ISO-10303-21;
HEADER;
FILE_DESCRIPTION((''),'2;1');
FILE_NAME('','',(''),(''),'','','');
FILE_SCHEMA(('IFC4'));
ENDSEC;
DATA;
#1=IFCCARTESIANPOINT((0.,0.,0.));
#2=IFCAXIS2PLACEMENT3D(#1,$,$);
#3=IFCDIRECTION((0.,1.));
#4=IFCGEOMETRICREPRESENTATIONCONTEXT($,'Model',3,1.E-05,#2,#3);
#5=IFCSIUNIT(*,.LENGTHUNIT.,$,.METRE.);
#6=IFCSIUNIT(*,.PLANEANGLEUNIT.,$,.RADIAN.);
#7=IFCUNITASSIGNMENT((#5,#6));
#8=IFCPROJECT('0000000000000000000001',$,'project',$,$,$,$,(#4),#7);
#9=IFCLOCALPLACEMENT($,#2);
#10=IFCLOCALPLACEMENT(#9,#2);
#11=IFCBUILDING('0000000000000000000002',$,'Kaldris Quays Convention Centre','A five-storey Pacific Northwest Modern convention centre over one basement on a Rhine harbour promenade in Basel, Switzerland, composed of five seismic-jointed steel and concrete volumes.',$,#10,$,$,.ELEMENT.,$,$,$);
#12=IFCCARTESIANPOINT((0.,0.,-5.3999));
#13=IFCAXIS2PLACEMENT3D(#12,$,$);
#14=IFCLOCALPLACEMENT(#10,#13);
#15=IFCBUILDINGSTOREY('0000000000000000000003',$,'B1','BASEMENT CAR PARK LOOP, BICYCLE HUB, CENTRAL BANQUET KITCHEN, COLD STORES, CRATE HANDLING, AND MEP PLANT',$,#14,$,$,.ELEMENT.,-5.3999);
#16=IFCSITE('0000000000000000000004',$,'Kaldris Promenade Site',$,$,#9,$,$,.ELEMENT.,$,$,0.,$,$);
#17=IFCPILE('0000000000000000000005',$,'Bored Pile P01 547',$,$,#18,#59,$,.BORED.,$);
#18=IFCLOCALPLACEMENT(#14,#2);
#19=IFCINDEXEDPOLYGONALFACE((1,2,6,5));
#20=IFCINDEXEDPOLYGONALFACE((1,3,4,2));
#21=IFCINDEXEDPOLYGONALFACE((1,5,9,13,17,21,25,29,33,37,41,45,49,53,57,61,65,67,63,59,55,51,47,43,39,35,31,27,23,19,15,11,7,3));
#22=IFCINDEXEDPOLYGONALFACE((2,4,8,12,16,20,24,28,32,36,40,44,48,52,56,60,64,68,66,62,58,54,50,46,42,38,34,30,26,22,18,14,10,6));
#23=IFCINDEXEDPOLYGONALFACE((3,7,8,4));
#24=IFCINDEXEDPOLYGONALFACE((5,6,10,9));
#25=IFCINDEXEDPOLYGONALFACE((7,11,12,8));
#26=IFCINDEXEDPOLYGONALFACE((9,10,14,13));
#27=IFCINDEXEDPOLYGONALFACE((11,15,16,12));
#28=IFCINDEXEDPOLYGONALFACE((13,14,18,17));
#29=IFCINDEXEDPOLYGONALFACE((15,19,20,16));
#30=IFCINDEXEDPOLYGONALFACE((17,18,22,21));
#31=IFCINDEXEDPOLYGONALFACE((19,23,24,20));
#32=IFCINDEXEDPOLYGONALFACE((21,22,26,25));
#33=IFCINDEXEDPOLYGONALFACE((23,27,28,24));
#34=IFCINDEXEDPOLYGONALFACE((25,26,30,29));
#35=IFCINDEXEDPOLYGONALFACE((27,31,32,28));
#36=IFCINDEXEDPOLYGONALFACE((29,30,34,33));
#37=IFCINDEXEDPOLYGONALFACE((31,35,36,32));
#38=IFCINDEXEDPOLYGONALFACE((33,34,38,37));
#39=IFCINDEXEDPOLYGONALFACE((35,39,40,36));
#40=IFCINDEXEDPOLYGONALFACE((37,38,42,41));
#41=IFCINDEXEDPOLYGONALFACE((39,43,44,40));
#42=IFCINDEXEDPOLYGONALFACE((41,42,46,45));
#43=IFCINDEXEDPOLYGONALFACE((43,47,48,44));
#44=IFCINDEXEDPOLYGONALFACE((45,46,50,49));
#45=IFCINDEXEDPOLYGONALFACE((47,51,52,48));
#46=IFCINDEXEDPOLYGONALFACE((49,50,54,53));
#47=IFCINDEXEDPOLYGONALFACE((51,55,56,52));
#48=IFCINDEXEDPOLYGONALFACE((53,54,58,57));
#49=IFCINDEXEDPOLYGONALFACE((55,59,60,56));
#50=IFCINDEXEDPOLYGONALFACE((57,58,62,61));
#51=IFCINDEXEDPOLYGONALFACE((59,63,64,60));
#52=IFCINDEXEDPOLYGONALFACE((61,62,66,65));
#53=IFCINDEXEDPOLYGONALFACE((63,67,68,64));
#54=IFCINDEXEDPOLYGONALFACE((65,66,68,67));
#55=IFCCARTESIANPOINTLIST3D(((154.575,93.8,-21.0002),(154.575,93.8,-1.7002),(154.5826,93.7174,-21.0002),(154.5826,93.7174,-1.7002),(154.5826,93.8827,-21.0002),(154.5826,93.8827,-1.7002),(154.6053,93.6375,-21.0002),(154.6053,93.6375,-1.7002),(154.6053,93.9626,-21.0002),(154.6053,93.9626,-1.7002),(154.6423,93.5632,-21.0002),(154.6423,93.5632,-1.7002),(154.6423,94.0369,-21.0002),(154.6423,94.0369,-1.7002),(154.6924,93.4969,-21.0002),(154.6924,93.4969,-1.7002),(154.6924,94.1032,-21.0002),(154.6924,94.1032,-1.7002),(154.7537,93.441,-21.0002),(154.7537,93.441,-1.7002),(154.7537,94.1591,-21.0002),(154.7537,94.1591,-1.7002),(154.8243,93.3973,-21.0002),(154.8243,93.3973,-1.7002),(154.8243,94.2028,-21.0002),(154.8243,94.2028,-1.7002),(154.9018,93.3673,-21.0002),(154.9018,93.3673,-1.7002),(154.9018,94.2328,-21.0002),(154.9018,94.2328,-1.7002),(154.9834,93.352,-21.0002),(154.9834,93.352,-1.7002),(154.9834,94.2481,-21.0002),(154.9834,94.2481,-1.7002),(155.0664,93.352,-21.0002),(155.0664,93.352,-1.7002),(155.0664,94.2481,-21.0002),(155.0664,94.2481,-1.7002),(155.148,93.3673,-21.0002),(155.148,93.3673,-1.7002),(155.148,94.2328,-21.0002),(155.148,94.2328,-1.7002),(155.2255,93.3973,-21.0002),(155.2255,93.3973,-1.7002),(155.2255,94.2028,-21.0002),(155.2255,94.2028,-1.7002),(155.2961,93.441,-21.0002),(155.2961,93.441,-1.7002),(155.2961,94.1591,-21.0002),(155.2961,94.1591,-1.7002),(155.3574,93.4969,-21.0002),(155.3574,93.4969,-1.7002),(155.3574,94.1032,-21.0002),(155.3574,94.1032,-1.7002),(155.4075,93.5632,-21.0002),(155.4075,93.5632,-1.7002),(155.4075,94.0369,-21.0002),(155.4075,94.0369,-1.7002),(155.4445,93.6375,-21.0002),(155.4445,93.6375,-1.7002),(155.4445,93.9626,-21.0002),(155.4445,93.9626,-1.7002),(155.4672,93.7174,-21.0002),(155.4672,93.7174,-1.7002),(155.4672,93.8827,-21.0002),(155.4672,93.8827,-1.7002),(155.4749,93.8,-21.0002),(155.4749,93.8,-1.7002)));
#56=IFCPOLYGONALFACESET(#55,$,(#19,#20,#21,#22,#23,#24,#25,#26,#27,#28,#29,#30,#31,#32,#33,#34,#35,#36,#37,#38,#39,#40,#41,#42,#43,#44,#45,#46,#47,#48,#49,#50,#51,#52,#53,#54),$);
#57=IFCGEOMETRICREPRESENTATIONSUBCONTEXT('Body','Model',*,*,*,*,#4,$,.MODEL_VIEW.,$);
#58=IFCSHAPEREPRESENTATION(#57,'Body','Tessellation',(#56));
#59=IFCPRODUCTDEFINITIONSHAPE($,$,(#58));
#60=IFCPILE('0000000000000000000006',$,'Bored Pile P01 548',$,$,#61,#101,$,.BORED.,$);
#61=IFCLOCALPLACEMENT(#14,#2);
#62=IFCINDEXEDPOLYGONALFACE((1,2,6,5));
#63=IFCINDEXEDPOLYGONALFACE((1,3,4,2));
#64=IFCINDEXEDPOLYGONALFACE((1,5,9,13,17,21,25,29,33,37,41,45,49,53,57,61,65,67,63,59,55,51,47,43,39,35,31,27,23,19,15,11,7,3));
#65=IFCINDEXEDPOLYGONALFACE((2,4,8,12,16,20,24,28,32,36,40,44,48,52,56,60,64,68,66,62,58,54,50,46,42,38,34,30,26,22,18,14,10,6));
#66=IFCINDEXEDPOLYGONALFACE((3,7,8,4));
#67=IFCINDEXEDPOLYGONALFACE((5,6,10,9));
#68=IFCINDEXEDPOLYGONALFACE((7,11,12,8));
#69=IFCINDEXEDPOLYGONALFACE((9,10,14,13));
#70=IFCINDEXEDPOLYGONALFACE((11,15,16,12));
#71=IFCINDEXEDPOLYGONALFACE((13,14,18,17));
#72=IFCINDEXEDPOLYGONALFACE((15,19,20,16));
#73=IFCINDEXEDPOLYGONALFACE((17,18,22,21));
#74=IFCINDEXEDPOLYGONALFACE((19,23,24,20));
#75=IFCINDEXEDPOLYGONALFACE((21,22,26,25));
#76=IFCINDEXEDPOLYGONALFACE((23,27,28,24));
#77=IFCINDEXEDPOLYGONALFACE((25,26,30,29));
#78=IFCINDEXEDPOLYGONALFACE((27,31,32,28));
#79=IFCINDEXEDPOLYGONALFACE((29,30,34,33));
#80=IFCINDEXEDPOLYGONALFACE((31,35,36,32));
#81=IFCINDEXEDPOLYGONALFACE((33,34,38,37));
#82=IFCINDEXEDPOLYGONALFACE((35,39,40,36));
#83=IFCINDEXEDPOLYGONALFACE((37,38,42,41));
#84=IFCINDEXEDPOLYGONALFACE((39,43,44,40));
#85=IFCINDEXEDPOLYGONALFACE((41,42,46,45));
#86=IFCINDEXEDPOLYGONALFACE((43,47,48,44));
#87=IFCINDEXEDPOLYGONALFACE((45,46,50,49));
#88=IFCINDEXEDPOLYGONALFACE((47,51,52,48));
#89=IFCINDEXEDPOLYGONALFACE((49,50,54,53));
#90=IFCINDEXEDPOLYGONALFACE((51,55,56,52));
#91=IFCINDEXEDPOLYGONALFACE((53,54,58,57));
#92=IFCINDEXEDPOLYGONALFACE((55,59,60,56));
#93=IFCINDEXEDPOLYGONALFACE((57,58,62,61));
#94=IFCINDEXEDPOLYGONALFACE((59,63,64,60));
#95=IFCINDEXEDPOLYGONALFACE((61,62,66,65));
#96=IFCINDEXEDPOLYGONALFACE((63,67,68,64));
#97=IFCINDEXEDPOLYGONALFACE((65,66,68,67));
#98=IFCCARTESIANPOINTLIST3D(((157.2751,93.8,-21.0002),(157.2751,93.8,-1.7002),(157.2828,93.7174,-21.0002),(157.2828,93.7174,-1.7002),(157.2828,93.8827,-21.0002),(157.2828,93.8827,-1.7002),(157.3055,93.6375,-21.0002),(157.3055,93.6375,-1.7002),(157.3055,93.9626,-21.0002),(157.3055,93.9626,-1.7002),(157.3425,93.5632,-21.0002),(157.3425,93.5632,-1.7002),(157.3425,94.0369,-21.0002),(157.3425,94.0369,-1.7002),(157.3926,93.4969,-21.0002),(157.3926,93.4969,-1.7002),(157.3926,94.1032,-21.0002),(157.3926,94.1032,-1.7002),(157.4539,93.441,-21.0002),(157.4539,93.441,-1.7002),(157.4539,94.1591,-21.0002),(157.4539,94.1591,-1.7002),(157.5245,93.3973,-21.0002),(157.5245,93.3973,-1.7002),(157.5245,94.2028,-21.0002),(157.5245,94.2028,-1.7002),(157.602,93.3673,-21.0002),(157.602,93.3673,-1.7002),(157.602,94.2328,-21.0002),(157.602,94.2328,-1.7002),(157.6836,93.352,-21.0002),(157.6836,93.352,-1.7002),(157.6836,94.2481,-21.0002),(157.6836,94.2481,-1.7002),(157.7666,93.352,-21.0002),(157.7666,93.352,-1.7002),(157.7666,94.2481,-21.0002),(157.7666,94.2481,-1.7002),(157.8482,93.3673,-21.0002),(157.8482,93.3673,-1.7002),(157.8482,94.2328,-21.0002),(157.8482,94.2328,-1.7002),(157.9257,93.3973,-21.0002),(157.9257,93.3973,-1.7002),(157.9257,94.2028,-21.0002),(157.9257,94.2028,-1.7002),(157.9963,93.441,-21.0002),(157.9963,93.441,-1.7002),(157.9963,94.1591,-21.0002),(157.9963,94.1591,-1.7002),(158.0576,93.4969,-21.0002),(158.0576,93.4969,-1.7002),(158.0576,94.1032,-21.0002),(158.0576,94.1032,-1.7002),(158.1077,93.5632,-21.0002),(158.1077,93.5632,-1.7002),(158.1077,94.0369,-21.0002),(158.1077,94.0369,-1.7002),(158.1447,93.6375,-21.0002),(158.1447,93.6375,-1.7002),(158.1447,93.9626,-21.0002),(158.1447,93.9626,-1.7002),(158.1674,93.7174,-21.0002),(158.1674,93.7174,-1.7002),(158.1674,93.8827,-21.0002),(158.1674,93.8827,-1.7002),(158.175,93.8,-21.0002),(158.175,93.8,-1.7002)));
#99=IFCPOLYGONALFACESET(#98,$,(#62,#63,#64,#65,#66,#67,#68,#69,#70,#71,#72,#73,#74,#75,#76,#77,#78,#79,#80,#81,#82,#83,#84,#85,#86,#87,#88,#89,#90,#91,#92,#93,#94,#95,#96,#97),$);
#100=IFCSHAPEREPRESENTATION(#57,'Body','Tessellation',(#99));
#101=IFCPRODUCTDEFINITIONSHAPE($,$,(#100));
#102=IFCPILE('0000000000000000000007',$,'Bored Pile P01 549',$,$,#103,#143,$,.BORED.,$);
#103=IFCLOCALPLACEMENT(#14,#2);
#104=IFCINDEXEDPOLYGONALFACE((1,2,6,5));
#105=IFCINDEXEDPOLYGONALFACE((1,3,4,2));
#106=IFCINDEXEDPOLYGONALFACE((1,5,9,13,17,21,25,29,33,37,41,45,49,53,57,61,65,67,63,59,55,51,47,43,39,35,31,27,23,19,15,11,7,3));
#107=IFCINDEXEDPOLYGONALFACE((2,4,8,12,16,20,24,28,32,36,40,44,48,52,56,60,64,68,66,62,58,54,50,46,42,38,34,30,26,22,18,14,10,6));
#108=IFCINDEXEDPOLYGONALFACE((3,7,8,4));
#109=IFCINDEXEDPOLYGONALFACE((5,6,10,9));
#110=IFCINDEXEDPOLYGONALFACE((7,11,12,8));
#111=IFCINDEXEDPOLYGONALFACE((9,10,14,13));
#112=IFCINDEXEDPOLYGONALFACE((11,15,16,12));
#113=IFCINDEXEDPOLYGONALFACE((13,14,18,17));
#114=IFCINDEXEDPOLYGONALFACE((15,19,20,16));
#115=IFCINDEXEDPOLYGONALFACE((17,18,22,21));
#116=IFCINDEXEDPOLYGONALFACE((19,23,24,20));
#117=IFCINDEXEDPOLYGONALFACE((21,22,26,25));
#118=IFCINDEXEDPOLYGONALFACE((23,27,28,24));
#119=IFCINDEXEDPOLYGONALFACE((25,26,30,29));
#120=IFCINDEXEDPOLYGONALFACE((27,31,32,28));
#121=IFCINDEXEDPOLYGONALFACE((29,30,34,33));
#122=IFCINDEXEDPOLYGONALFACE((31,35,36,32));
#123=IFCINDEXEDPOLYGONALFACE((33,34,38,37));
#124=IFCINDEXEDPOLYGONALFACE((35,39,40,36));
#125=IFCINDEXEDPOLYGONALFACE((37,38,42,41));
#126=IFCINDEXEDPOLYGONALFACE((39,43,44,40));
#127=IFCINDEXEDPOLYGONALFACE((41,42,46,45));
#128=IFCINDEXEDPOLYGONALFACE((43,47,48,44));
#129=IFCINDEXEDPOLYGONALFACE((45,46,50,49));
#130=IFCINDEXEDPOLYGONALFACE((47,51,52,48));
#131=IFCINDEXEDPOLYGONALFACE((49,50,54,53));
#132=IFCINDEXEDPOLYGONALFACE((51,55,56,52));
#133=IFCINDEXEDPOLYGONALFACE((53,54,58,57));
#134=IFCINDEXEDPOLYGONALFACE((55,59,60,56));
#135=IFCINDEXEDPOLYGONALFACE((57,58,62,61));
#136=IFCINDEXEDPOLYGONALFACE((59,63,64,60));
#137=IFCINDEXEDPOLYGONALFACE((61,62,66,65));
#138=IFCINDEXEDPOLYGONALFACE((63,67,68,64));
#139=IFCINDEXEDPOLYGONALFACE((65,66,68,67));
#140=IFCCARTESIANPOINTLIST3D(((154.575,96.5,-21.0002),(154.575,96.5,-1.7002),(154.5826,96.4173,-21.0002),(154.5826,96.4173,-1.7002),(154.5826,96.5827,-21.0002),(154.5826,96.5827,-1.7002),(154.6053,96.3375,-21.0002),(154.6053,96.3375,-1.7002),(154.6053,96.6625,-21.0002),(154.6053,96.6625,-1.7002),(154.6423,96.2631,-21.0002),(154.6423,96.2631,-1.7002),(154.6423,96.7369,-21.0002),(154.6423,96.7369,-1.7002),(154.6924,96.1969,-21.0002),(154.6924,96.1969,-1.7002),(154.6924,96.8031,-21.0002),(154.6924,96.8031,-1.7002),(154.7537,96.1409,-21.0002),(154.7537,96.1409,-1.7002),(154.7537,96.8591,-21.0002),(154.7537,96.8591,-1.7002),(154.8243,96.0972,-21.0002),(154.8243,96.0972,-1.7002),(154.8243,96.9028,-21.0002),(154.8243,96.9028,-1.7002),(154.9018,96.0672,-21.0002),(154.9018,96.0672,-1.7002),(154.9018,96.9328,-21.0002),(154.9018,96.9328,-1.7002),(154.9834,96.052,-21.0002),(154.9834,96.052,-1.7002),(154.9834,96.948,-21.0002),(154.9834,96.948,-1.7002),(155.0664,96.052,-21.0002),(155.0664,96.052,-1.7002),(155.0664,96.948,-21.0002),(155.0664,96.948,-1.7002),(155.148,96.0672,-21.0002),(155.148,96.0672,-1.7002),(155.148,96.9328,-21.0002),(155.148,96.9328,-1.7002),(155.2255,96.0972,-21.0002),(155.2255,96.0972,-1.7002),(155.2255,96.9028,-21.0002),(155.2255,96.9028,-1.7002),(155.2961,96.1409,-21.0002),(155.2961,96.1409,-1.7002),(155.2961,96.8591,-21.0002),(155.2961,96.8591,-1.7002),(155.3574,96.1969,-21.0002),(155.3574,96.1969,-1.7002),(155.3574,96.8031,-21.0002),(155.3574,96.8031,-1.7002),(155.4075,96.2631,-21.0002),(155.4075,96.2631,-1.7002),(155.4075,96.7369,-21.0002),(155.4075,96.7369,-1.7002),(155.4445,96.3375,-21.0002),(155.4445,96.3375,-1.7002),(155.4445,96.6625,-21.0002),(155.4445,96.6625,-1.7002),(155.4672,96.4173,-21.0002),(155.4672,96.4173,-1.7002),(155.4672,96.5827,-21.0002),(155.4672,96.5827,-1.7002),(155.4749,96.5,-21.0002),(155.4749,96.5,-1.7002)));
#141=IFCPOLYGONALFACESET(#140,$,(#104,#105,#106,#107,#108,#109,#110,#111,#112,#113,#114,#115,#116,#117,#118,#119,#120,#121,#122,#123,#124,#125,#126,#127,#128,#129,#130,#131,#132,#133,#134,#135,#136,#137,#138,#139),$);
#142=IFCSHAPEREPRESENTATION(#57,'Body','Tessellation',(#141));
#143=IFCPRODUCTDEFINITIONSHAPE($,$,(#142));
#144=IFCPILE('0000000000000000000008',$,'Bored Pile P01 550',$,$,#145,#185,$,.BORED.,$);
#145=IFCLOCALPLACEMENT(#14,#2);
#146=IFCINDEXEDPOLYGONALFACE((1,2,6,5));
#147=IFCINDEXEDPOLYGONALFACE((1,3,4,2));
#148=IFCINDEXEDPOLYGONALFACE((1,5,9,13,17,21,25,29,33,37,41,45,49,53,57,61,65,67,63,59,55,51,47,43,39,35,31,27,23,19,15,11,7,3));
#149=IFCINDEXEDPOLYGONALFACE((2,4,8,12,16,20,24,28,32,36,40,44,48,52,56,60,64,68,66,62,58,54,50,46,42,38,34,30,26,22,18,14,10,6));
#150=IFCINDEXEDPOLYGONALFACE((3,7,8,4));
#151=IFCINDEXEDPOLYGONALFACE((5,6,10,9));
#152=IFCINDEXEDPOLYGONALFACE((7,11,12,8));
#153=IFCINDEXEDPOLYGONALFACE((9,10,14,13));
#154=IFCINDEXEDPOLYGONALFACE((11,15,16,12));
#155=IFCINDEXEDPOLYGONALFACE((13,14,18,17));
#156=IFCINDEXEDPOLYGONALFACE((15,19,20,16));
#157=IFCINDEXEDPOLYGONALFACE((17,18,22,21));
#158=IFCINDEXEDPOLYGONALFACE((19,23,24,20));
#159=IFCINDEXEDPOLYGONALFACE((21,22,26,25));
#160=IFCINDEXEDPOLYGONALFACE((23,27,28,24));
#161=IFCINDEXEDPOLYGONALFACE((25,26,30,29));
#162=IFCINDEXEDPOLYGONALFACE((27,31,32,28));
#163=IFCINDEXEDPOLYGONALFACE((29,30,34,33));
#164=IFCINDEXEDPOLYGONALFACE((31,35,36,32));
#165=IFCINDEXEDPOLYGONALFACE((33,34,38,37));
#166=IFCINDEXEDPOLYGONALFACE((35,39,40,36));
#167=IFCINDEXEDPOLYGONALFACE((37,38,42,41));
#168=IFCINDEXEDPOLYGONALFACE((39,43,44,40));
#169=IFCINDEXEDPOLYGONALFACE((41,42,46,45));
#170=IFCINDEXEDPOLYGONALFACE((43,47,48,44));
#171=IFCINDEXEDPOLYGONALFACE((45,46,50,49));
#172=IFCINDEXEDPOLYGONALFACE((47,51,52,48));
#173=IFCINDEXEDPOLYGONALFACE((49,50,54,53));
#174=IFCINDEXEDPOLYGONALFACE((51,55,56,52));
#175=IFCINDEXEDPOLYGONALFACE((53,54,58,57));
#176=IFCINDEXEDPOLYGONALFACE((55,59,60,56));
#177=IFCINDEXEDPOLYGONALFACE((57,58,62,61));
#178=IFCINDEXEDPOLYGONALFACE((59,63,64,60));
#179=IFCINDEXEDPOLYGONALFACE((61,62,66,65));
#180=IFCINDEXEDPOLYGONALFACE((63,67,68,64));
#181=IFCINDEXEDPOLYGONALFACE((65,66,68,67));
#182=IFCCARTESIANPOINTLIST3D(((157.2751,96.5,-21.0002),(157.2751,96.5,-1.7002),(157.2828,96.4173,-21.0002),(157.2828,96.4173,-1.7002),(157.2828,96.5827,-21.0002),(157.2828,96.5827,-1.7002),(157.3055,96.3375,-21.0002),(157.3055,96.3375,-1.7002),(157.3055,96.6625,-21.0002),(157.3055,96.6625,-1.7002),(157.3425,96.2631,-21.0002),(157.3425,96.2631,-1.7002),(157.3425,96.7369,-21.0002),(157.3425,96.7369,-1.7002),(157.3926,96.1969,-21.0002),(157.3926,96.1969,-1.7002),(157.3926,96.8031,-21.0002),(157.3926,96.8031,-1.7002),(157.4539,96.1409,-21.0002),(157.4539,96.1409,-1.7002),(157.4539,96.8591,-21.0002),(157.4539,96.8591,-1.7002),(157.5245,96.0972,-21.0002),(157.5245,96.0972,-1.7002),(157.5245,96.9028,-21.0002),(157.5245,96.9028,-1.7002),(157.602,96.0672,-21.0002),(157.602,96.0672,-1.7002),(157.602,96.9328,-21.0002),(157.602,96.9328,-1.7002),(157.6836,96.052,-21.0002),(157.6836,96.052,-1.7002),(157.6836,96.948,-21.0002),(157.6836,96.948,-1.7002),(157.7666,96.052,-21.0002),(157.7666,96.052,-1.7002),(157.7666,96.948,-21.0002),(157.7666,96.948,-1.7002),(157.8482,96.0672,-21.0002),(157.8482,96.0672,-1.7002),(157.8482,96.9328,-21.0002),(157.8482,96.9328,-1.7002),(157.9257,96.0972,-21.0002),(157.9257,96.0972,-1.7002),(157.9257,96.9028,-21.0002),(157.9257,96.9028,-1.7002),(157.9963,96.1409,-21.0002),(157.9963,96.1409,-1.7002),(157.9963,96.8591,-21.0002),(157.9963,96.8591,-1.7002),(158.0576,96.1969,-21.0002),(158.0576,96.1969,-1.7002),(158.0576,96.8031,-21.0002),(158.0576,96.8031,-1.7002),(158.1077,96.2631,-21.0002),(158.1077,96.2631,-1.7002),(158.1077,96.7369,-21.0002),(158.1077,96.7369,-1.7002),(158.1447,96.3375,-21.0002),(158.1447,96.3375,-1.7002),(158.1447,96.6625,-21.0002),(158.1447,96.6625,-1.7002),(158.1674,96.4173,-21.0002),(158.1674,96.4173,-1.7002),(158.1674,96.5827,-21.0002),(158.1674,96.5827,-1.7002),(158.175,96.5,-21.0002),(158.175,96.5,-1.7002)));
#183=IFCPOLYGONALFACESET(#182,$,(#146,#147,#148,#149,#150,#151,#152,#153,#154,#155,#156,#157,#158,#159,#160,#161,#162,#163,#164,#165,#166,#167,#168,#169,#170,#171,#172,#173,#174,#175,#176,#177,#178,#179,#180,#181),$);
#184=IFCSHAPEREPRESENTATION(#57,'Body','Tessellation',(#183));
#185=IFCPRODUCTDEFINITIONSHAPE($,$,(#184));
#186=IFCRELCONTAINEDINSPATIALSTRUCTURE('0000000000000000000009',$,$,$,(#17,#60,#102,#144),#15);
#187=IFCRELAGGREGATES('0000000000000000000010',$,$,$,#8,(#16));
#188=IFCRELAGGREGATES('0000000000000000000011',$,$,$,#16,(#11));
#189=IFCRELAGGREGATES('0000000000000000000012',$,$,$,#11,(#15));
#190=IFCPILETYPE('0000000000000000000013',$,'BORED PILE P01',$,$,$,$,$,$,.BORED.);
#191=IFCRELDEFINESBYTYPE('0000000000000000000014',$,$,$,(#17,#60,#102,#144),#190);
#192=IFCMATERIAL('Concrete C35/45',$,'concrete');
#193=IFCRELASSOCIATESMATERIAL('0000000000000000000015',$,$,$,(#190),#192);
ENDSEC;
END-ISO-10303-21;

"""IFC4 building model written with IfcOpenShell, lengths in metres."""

from ifc_helpers import new_model, si_unit, direction, frame, origin, origin_2d, place, context, subcontext, project, spatial, circle, extrude, material, material_profile, profile_set, type_object, element, save


model = new_model("IFC4")

# Units and contexts
model_context = context("Model", 3, precision=1e-05, world=origin(), true_north=direction((0.0, 1.0)))
body_context = subcontext(model_context, "Body", "Model", "MODEL_VIEW")
ifc_project = project(units=[si_unit("LENGTHUNIT", "METRE"), si_unit("PLANEANGLEUNIT", "RADIAN")], contexts=[model_context])

# Site, building, storey
site_placement = place(None, origin())
site = spatial("IfcSite", under=ifc_project, at=site_placement, Name="Kaldris Promenade Site", CompositionType="ELEMENT", RefElevation=0.0)
building_placement = place(site_placement, origin())
building = spatial("IfcBuilding", under=site, at=building_placement, Name="Kaldris Quays Convention Centre", Description="A five-storey Pacific Northwest Modern convention centre over one basement on a Rhine harbour promenade in Basel, Switzerland, composed of five seismic-jointed steel and concrete volumes.", CompositionType="ELEMENT")
storey_placement = place(building_placement, frame((0.0, 0.0, -5.3999)))
storey = spatial("IfcBuildingStorey", under=building, at=storey_placement, Name="B1", Description="BASEMENT CAR PARK LOOP, BICYCLE HUB, CENTRAL BANQUET KITCHEN, COLD STORES, CRATE HANDLING, AND MEP PLANT", CompositionType="ELEMENT", Elevation=-5.3999)

# Piles
ifc_material_1 = material(Name="Concrete C35/45", Category="concrete")
ifc_material_profile_1 = material_profile(ifc_material_1, circle(Radius=0.45, at=origin_2d()), Name="BORED PILE D900")
ifc_profile_set_1 = profile_set([ifc_material_profile_1], Name="Concrete C35/45")
pile_type = type_object("IfcPileType", Name="BORED PILE P01", PredefinedType="BORED", material=ifc_profile_set_1)
for number, where, z_axis, x_axis, name in (
    (1, (155.0249, 93.8, -1.7002), (0.0, 0.0, -1.0), (1.0, 0.0, 0.0), "Bored Pile P01 547"),
    (2, (157.7251, 93.8, -1.7002), (0.0, 0.0, -1.0), (1.0, 0.0, 0.0), "Bored Pile P01 548"),
    (3, (155.0249, 96.5, -1.7002), (0.0, 0.0, -1.0), (1.0, 0.0, 0.0), "Bored Pile P01 549"),
    (4, (157.7251, 96.5, -1.7002), (0.0, 0.0, -1.0), (1.0, 0.0, 0.0), "Bored Pile P01 550"),
):
    element("IfcPile", number, at=place(storey_placement, frame(where, z_axis=z_axis, x_axis=x_axis)), inside=storey, type_object=pile_type, Name=name, PredefinedType="BORED", context=body_context, shape_type="SweptSolid", body=[
        extrude(circle(Radius=0.45, at=origin_2d()), origin(), (0.0, 0.0, 1.0), 19.3),
    ])

save(model, "model.ifc")
